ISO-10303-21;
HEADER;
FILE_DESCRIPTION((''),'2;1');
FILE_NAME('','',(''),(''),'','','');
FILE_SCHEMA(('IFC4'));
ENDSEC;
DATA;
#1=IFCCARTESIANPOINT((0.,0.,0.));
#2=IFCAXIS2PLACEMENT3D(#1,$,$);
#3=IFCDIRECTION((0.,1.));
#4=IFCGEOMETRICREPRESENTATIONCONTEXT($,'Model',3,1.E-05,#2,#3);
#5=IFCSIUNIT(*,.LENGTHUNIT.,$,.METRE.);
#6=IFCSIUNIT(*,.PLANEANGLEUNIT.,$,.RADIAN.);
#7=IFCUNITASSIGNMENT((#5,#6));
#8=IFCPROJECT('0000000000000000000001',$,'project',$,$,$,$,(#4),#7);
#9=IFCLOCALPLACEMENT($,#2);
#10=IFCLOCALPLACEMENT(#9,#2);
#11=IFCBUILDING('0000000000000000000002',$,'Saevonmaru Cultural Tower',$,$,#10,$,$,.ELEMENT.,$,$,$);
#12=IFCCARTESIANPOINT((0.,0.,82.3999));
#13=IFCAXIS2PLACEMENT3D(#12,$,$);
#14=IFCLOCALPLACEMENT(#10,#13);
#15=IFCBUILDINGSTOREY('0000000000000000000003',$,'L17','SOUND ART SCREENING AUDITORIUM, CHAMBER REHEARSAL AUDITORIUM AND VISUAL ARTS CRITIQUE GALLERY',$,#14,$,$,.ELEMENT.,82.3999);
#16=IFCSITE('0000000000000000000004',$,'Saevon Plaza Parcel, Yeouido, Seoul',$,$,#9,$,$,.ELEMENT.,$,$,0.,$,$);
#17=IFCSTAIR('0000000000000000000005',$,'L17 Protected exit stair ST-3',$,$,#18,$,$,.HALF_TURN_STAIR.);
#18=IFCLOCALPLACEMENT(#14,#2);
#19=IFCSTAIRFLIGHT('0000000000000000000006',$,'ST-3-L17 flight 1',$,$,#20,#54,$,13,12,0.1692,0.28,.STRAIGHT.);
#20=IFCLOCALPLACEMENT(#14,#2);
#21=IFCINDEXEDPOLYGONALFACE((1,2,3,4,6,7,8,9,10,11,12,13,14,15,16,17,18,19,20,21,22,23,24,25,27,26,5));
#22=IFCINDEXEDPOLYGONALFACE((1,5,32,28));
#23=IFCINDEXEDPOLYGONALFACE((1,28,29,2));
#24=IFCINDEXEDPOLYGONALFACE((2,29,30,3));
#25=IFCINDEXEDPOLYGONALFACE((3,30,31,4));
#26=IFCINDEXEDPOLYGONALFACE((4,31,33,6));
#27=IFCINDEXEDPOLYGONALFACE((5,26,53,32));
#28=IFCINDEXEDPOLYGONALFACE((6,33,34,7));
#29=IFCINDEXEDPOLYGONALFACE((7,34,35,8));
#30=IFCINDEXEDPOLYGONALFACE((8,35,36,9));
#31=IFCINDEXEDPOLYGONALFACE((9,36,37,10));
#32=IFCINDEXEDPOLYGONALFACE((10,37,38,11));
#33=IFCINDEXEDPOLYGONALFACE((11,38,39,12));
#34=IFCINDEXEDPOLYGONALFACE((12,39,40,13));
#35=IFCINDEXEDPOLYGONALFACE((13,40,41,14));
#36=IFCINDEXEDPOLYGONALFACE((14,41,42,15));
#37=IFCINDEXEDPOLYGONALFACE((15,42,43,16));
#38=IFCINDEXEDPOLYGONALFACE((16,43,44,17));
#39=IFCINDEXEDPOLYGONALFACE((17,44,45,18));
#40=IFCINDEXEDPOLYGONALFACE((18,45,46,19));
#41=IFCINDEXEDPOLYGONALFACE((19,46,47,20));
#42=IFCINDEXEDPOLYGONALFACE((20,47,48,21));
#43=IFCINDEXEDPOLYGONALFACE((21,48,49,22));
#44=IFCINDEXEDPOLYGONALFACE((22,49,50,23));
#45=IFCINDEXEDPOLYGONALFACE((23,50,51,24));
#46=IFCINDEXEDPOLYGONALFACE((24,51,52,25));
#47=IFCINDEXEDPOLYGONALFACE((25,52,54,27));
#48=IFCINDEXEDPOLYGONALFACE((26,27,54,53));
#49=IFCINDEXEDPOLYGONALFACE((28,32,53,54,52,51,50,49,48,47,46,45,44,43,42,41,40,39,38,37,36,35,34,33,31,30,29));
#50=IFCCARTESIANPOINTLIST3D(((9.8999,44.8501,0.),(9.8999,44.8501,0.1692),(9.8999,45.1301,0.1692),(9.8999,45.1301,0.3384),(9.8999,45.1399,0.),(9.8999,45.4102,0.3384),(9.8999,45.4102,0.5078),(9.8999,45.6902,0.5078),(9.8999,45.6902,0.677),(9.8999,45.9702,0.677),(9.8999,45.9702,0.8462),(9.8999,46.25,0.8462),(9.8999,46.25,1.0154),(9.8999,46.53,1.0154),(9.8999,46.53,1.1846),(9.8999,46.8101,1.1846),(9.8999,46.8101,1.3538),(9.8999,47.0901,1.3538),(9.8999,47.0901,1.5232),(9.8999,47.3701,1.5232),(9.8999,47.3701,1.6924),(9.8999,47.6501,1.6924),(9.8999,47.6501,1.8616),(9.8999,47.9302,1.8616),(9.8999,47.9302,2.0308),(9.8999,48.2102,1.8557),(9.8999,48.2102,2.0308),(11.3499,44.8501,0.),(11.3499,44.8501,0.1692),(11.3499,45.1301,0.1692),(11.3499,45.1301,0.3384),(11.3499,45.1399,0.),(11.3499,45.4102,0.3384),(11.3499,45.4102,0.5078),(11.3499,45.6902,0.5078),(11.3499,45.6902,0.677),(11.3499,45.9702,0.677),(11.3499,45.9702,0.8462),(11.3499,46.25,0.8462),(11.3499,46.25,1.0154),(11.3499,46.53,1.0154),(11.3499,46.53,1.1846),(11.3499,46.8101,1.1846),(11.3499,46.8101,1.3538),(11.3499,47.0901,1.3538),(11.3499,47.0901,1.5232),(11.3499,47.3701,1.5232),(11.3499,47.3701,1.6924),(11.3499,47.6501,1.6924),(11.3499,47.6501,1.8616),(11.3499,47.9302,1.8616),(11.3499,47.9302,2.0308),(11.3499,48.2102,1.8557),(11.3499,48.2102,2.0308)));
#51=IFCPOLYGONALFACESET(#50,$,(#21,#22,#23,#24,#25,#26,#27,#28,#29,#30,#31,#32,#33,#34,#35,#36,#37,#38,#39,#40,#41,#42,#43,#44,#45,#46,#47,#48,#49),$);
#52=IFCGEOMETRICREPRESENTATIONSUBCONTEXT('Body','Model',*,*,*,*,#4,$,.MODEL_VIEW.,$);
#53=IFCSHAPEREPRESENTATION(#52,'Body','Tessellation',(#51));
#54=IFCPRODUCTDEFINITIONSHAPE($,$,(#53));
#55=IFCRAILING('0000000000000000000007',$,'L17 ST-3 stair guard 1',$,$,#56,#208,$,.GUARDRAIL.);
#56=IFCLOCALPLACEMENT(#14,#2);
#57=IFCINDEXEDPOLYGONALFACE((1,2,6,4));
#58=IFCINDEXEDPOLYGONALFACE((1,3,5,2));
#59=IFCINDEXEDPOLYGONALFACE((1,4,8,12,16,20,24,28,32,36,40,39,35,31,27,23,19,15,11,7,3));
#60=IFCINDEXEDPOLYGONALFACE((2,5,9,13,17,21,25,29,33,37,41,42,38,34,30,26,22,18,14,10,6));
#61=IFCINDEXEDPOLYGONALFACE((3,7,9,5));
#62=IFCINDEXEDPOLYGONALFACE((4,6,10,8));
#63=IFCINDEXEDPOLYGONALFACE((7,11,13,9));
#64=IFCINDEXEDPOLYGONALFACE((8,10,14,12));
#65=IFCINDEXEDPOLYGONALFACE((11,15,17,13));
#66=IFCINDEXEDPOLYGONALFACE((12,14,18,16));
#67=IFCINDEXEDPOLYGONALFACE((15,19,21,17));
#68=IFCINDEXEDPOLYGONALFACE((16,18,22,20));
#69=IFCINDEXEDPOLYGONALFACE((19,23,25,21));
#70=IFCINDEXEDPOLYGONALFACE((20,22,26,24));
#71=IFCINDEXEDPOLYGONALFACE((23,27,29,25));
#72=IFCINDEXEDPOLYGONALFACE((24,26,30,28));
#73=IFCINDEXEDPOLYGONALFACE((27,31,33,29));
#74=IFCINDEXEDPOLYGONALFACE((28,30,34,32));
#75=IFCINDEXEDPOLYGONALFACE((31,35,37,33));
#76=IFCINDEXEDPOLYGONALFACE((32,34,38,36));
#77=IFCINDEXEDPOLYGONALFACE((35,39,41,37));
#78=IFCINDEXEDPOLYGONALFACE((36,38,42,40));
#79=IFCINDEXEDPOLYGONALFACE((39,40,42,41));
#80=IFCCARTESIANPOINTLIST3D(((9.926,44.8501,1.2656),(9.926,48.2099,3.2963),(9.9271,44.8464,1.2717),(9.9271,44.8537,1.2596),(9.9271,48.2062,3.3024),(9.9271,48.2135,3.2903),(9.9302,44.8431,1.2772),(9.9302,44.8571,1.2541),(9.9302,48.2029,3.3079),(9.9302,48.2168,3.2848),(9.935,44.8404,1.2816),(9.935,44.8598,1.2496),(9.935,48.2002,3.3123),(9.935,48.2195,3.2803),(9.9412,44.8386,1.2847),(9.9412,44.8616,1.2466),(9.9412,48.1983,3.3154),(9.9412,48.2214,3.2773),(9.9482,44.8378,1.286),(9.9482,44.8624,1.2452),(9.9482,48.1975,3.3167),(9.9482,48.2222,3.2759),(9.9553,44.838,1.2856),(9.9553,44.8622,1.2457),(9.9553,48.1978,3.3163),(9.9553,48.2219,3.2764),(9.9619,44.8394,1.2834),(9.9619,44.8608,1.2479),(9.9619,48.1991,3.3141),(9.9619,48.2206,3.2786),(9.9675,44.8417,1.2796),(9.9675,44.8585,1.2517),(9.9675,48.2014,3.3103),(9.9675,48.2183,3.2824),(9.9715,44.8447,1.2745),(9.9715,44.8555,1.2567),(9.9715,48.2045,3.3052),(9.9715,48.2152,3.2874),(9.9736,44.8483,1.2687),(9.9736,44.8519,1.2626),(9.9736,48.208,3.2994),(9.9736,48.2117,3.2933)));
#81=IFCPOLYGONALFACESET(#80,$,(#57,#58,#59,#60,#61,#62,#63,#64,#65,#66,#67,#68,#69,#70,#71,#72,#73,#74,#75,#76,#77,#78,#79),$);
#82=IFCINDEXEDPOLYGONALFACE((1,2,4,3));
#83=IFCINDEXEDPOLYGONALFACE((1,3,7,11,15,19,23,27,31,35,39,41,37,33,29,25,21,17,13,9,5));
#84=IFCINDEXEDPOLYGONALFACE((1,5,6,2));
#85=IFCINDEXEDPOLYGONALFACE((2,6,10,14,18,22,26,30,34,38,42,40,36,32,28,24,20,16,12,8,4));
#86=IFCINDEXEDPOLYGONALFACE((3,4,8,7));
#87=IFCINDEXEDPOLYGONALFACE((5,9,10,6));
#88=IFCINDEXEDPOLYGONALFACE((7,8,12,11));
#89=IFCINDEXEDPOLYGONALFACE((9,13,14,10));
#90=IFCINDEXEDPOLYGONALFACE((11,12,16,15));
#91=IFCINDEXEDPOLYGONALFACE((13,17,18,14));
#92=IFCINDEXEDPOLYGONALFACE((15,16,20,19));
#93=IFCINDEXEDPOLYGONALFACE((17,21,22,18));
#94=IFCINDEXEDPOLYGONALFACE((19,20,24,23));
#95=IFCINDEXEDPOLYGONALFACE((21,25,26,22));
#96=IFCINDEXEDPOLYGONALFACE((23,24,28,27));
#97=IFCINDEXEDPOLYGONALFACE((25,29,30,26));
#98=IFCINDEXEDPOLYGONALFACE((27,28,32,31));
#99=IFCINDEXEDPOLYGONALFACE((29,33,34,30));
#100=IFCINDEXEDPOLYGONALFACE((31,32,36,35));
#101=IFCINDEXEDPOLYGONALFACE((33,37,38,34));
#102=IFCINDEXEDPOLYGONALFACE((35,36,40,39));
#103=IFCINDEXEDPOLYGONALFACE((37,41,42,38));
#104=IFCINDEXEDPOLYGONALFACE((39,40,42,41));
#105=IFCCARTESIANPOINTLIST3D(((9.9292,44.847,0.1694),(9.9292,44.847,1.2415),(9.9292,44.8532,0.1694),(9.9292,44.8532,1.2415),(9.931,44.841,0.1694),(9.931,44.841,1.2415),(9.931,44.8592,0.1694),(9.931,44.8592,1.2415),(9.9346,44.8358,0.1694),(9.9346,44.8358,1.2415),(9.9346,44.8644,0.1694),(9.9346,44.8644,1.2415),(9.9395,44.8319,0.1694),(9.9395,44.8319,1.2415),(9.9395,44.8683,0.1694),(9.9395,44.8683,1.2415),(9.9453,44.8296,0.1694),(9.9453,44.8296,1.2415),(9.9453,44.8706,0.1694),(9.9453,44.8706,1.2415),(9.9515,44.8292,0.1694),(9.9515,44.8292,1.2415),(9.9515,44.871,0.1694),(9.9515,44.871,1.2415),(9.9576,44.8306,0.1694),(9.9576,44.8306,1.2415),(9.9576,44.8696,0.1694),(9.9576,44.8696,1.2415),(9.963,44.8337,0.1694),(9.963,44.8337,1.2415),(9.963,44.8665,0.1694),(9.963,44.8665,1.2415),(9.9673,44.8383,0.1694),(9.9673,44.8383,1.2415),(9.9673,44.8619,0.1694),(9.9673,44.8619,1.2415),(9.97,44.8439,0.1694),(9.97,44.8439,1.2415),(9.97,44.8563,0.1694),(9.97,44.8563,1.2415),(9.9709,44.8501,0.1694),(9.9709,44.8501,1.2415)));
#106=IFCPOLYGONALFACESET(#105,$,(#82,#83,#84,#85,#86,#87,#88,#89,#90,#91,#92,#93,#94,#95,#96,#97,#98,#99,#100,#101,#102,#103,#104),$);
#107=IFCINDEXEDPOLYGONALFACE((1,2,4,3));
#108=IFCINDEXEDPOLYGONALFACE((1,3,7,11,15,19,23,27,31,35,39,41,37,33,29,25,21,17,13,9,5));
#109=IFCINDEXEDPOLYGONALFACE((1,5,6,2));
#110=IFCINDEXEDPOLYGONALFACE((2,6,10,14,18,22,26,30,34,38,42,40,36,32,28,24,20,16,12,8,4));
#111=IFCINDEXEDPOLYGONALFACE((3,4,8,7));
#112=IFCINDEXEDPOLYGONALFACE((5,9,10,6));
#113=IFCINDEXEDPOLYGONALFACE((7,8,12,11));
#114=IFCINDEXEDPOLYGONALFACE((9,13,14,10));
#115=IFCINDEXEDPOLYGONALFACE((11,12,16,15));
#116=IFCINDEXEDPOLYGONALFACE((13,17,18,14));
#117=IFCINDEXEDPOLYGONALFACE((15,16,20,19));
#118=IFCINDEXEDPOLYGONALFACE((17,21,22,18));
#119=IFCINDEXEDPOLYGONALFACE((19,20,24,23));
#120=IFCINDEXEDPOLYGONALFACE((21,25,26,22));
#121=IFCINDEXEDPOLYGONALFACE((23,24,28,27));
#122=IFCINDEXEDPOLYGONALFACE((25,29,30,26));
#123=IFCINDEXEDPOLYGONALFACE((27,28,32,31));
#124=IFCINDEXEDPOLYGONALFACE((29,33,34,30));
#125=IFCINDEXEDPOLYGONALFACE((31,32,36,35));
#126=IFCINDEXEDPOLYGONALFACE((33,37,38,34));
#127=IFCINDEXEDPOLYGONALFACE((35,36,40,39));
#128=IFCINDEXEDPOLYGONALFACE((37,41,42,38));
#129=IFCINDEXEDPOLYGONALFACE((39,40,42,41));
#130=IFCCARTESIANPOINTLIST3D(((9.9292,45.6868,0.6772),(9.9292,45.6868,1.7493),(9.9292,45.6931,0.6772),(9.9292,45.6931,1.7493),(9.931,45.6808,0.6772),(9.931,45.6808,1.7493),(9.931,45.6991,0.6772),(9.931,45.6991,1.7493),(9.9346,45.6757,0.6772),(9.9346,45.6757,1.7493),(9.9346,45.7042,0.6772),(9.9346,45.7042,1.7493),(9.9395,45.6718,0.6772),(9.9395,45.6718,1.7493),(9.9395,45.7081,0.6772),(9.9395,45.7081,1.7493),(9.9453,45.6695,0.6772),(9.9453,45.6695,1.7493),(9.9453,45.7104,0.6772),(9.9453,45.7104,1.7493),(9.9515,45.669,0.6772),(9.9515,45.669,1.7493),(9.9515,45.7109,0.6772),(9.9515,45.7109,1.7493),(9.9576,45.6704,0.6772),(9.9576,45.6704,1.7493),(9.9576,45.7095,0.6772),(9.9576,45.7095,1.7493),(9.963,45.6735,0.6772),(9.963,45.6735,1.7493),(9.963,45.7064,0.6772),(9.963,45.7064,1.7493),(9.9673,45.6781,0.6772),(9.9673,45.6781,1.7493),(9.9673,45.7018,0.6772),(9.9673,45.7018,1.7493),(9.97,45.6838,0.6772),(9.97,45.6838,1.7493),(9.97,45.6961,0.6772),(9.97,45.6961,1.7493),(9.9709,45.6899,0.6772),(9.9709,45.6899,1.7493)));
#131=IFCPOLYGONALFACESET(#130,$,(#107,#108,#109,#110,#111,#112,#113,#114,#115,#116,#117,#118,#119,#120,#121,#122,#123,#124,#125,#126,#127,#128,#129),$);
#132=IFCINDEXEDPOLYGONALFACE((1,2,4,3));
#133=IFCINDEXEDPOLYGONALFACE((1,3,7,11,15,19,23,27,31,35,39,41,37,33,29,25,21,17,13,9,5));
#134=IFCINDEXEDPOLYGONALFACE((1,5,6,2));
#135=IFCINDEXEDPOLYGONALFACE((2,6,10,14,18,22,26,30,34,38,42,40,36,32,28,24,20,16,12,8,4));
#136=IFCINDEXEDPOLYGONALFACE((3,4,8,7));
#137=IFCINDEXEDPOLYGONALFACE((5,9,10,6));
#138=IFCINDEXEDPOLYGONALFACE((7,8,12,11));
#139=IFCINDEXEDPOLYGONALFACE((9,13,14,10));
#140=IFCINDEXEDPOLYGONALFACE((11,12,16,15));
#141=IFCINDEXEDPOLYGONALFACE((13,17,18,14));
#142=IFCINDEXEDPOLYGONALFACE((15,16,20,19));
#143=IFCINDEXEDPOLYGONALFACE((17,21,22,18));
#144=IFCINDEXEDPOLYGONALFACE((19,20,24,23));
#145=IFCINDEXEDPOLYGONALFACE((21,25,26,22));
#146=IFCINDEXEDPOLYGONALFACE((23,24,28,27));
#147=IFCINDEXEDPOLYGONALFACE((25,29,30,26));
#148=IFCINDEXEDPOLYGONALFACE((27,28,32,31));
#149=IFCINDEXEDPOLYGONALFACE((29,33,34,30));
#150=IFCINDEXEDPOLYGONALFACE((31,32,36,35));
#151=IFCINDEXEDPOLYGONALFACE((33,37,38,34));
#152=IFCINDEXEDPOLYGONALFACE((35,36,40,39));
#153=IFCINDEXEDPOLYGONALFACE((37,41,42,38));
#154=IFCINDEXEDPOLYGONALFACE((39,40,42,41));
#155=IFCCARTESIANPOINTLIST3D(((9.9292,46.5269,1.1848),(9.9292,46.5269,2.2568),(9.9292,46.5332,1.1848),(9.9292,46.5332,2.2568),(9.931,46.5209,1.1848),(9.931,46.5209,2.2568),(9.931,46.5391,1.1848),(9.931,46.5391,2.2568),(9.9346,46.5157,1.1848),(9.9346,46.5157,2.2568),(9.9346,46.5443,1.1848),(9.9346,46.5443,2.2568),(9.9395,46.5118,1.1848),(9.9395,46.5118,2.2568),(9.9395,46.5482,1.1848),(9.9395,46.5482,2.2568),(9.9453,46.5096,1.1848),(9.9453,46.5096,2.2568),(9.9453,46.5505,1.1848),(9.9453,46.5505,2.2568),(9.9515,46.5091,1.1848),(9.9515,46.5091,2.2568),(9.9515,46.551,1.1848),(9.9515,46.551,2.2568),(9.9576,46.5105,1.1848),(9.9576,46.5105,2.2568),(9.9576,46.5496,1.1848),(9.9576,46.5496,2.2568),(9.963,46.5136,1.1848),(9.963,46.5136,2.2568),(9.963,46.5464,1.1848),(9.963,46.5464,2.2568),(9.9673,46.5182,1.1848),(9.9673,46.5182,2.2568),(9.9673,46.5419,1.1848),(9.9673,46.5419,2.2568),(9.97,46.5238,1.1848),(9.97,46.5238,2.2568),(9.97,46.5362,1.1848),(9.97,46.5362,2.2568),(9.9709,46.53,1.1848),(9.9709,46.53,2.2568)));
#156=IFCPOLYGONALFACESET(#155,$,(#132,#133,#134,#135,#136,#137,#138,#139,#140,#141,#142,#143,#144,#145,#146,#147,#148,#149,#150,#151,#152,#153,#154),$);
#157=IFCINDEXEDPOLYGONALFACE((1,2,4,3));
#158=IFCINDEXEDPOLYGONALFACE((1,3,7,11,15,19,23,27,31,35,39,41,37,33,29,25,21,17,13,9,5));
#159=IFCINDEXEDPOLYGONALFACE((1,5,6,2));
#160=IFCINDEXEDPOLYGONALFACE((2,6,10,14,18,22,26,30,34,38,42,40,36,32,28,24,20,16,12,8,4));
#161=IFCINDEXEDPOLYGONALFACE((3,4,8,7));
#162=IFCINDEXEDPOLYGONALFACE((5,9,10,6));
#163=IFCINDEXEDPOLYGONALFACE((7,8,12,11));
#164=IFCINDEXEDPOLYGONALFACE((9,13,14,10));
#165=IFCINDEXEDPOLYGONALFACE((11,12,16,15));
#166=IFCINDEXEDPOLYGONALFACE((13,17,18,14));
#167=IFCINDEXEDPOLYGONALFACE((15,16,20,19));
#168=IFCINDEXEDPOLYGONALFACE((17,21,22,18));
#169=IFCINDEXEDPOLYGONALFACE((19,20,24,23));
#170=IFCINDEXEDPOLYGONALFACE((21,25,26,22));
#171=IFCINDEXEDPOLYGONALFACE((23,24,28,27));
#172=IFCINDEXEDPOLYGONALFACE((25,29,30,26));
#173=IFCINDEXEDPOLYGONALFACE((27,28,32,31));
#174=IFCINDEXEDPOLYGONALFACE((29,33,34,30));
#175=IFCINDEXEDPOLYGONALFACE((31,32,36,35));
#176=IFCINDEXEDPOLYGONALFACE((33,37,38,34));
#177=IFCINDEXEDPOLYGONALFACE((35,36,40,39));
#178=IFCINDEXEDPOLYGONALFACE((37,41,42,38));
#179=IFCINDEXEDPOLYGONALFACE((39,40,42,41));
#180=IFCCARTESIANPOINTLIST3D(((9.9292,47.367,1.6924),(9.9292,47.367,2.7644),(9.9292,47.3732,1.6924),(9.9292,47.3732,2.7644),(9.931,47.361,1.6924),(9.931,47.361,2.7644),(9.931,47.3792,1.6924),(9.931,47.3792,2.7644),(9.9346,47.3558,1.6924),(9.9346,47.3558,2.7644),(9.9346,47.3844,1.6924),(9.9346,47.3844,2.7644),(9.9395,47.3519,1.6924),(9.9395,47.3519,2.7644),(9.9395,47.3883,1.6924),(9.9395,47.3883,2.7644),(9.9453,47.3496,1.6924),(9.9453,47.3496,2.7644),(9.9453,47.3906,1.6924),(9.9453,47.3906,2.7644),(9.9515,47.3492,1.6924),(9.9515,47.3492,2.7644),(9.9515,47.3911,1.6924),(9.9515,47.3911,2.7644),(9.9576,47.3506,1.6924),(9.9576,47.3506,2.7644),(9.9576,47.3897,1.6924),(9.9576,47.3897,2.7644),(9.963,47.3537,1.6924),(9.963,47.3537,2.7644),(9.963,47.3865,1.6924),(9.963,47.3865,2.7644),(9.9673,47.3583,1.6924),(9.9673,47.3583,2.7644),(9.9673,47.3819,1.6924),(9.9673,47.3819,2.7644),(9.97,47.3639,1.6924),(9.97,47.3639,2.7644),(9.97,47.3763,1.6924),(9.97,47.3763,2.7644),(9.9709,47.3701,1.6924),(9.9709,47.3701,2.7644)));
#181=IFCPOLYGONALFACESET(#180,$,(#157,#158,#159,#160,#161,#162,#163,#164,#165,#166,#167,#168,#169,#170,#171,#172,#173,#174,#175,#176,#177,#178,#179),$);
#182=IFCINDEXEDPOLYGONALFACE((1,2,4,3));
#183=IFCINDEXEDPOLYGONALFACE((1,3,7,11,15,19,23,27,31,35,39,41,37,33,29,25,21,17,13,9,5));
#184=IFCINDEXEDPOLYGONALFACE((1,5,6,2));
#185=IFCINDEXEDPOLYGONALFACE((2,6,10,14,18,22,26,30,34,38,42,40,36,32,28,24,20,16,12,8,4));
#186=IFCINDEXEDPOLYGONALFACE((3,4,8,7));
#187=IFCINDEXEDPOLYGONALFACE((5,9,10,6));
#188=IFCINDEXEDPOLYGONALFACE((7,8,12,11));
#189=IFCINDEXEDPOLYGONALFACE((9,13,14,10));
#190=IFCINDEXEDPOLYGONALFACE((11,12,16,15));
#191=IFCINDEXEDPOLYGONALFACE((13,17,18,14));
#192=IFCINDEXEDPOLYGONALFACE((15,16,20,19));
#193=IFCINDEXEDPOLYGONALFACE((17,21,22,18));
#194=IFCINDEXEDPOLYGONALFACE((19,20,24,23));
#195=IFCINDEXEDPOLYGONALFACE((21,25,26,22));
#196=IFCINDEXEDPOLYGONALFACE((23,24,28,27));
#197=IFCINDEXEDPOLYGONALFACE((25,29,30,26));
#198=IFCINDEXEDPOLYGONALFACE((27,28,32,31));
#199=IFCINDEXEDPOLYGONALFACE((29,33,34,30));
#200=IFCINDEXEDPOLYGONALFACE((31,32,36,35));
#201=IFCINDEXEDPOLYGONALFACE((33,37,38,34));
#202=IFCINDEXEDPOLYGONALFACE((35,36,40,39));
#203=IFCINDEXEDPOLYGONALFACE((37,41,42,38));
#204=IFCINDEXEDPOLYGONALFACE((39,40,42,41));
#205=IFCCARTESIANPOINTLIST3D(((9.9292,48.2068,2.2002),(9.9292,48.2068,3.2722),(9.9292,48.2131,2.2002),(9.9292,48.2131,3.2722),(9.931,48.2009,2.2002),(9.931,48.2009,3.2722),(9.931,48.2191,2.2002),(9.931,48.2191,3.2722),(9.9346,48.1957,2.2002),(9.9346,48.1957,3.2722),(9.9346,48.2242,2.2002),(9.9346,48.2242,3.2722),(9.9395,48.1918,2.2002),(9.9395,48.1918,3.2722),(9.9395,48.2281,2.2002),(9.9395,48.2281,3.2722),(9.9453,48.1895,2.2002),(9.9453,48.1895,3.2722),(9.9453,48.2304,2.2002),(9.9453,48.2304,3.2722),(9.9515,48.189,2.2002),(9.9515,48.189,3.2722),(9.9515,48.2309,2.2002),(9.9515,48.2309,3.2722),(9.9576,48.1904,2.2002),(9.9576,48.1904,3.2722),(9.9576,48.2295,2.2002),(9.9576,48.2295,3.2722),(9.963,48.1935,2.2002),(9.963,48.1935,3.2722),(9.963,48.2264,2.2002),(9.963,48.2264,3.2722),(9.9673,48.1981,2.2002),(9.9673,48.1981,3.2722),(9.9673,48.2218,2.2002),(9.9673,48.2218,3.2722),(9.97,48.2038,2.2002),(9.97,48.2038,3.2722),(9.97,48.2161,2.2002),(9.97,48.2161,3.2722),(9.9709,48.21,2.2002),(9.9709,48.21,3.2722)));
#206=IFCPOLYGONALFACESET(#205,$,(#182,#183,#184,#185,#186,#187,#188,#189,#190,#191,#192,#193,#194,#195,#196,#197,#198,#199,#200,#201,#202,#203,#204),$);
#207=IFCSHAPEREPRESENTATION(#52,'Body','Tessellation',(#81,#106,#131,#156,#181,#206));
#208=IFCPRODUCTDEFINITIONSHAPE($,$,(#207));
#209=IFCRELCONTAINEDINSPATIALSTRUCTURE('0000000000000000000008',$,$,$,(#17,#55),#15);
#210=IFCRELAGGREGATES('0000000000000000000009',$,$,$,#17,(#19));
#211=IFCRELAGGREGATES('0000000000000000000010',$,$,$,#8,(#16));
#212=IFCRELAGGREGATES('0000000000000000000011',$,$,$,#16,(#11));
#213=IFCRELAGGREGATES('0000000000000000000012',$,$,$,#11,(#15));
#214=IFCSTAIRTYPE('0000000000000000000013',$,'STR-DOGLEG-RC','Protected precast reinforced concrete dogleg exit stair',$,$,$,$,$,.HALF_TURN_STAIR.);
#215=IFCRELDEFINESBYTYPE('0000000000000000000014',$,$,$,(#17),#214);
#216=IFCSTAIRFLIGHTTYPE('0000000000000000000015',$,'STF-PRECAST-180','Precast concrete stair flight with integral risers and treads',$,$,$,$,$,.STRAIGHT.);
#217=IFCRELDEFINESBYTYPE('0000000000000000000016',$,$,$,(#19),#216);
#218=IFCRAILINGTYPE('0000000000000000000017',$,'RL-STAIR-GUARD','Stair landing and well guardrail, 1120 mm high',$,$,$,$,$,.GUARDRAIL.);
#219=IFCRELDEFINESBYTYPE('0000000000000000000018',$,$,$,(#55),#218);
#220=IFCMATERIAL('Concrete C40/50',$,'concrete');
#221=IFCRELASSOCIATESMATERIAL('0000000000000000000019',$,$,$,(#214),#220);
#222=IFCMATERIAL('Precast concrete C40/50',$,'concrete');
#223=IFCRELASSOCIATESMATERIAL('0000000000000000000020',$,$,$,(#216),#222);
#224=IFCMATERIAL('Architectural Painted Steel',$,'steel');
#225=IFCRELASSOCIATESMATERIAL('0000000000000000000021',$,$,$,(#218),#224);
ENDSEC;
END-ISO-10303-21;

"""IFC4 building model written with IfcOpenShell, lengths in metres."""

from ifc_helpers import new_model, si_unit, direction, frame, origin, origin_2d, place, context, subcontext, project, spatial, polyline, circle, outline, extrude, material, type_object, element, aggregate, save


model = new_model("IFC4")

# Units and contexts
model_context = context("Model", 3, precision=1e-05, world=origin(), true_north=direction((0.0, 1.0)))
body_context = subcontext(model_context, "Body", "Model", "MODEL_VIEW")
ifc_project = project(units=[si_unit("LENGTHUNIT", "METRE"), si_unit("PLANEANGLEUNIT", "RADIAN")], contexts=[model_context])

# Site, building, storey
site_placement = place(None, origin())
site = spatial("IfcSite", under=ifc_project, at=site_placement, Name="Saevon Plaza Parcel, Yeouido, Seoul", CompositionType="ELEMENT", RefElevation=0.0)
building_placement = place(site_placement, origin())
building = spatial("IfcBuilding", under=site, at=building_placement, Name="Saevonmaru Cultural Tower", CompositionType="ELEMENT")
storey_placement = place(building_placement, frame((0.0, 0.0, 82.3999)))
storey = spatial("IfcBuildingStorey", under=building, at=storey_placement, Name="L17", Description="SOUND ART SCREENING AUDITORIUM, CHAMBER REHEARSAL AUDITORIUM AND VISUAL ARTS CRITIQUE GALLERY", CompositionType="ELEMENT", Elevation=82.3999)

# Shared definitions
ifc_material_1 = material(Name="Concrete C40/50", Category="concrete")

# Stair, stair flight
stair_type = type_object("IfcStairType", Name="STR-DOGLEG-RC", Description="Protected precast reinforced concrete dogleg exit stair", PredefinedType="HALF_TURN_STAIR", material=ifc_material_1)
stair_placement = place(storey_placement, origin())
stair = element("IfcStair", 1, at=stair_placement, inside=storey, type_object=stair_type, Name="L17 Protected exit stair ST-3", PredefinedType="HALF_TURN_STAIR")
ifc_material_2 = material(Name="Precast concrete C40/50", Category="concrete")
stair_flight_type = type_object("IfcStairFlightType", Name="STF-PRECAST-180", Description="Precast concrete stair flight with integral risers and treads", PredefinedType="STRAIGHT", material=ifc_material_2)
stair_flight_placement = place(storey_placement, frame((10.625, 44.8501, 0.0), z_axis=(0.0, 0.0, 1.0), x_axis=(0.0, 1.0, 0.0)))
stair_flight = element("IfcStairFlight", 2, at=stair_flight_placement, type_object=stair_flight_type, Name="ST-3-L17 flight 1", NumberOfRisers=13, NumberOfTreads=12, PredefinedType="STRAIGHT", RiserHeight=0.1692, TreadLength=0.28, context=body_context, shape_type="SweptSolid", body=[
    extrude(outline(polyline([(0.0, 0.0), (0.0, 0.1692), (0.28, 0.1692), (0.28, 0.3384), (0.5601, 0.3384), (0.5601, 0.5078), (0.8401, 0.5078), (0.8401, 0.677), (1.1201, 0.677), (1.1201, 0.8462), (1.3999, 0.8462), (1.3999, 1.0154), (1.6799, 1.0154), (1.6799, 1.1846), (1.96, 1.1846), (1.96, 1.3538), (2.24, 1.3538), (2.24, 1.5232), (2.52, 1.5232), (2.52, 1.6924), (2.8, 1.6924), (2.8, 1.8616), (3.0801, 1.8616), (3.0801, 2.0308), (3.3601, 2.0308), (3.3601, 2.2), (3.3601, 1.8557), (0.2898, 0.0), (0.0, 0.0)])), frame((0.0, 0.7251, 0.0), z_axis=(0.0, -1.0, 0.0), x_axis=(1.0, 0.0, 0.0)), (0.0, 0.0, 1.0), 1.45),
])
aggregate(stair, [stair_flight])

# Railing
ifc_material_3 = material(Name="Architectural Painted Steel", Category="steel")
railing_type_1 = type_object("IfcRailingType", Name="RL-STAIR-GUARD", Description="Stair landing and well guardrail, 1120 mm high", PredefinedType="GUARDRAIL", material=ifc_material_3)
railing_1_placement = place(storey_placement, frame((9.95, 44.8501, 0.1694)))
element("IfcRailing", 3, at=railing_1_placement, inside=storey, type_object=railing_type_1, Name="L17 ST-3 stair guard 1", PredefinedType="GUARDRAIL", context=body_context, shape_type="SweptSolid", body=[
    extrude(circle(Radius=0.0239, at=origin_2d()), frame((0.0, 0.0, 1.0962), z_axis=(0.0, 0.85582, 0.517273), x_axis=(-1.0, 0.0, 0.0)), (0.0, 0.0, 1.0), 3.9258),
    extrude(circle(Radius=0.021, at=origin_2d()), origin(), (0.0, 0.0, 1.0), 1.072),
    extrude(circle(Radius=0.021, at=origin_2d()), frame((0.0, 0.8398, 0.5078)), (0.0, 0.0, 1.0), 1.072),
    extrude(circle(Radius=0.021, at=origin_2d()), frame((0.0, 1.6799, 1.0154)), (0.0, 0.0, 1.0), 1.072),
    extrude(circle(Radius=0.021, at=origin_2d()), frame((0.0, 2.52, 1.5229)), (0.0, 0.0, 1.0), 1.072),
    extrude(circle(Radius=0.021, at=origin_2d()), frame((0.0, 3.3599, 2.0308)), (0.0, 0.0, 1.0), 1.072),
])

save(model, "model.ifc")
